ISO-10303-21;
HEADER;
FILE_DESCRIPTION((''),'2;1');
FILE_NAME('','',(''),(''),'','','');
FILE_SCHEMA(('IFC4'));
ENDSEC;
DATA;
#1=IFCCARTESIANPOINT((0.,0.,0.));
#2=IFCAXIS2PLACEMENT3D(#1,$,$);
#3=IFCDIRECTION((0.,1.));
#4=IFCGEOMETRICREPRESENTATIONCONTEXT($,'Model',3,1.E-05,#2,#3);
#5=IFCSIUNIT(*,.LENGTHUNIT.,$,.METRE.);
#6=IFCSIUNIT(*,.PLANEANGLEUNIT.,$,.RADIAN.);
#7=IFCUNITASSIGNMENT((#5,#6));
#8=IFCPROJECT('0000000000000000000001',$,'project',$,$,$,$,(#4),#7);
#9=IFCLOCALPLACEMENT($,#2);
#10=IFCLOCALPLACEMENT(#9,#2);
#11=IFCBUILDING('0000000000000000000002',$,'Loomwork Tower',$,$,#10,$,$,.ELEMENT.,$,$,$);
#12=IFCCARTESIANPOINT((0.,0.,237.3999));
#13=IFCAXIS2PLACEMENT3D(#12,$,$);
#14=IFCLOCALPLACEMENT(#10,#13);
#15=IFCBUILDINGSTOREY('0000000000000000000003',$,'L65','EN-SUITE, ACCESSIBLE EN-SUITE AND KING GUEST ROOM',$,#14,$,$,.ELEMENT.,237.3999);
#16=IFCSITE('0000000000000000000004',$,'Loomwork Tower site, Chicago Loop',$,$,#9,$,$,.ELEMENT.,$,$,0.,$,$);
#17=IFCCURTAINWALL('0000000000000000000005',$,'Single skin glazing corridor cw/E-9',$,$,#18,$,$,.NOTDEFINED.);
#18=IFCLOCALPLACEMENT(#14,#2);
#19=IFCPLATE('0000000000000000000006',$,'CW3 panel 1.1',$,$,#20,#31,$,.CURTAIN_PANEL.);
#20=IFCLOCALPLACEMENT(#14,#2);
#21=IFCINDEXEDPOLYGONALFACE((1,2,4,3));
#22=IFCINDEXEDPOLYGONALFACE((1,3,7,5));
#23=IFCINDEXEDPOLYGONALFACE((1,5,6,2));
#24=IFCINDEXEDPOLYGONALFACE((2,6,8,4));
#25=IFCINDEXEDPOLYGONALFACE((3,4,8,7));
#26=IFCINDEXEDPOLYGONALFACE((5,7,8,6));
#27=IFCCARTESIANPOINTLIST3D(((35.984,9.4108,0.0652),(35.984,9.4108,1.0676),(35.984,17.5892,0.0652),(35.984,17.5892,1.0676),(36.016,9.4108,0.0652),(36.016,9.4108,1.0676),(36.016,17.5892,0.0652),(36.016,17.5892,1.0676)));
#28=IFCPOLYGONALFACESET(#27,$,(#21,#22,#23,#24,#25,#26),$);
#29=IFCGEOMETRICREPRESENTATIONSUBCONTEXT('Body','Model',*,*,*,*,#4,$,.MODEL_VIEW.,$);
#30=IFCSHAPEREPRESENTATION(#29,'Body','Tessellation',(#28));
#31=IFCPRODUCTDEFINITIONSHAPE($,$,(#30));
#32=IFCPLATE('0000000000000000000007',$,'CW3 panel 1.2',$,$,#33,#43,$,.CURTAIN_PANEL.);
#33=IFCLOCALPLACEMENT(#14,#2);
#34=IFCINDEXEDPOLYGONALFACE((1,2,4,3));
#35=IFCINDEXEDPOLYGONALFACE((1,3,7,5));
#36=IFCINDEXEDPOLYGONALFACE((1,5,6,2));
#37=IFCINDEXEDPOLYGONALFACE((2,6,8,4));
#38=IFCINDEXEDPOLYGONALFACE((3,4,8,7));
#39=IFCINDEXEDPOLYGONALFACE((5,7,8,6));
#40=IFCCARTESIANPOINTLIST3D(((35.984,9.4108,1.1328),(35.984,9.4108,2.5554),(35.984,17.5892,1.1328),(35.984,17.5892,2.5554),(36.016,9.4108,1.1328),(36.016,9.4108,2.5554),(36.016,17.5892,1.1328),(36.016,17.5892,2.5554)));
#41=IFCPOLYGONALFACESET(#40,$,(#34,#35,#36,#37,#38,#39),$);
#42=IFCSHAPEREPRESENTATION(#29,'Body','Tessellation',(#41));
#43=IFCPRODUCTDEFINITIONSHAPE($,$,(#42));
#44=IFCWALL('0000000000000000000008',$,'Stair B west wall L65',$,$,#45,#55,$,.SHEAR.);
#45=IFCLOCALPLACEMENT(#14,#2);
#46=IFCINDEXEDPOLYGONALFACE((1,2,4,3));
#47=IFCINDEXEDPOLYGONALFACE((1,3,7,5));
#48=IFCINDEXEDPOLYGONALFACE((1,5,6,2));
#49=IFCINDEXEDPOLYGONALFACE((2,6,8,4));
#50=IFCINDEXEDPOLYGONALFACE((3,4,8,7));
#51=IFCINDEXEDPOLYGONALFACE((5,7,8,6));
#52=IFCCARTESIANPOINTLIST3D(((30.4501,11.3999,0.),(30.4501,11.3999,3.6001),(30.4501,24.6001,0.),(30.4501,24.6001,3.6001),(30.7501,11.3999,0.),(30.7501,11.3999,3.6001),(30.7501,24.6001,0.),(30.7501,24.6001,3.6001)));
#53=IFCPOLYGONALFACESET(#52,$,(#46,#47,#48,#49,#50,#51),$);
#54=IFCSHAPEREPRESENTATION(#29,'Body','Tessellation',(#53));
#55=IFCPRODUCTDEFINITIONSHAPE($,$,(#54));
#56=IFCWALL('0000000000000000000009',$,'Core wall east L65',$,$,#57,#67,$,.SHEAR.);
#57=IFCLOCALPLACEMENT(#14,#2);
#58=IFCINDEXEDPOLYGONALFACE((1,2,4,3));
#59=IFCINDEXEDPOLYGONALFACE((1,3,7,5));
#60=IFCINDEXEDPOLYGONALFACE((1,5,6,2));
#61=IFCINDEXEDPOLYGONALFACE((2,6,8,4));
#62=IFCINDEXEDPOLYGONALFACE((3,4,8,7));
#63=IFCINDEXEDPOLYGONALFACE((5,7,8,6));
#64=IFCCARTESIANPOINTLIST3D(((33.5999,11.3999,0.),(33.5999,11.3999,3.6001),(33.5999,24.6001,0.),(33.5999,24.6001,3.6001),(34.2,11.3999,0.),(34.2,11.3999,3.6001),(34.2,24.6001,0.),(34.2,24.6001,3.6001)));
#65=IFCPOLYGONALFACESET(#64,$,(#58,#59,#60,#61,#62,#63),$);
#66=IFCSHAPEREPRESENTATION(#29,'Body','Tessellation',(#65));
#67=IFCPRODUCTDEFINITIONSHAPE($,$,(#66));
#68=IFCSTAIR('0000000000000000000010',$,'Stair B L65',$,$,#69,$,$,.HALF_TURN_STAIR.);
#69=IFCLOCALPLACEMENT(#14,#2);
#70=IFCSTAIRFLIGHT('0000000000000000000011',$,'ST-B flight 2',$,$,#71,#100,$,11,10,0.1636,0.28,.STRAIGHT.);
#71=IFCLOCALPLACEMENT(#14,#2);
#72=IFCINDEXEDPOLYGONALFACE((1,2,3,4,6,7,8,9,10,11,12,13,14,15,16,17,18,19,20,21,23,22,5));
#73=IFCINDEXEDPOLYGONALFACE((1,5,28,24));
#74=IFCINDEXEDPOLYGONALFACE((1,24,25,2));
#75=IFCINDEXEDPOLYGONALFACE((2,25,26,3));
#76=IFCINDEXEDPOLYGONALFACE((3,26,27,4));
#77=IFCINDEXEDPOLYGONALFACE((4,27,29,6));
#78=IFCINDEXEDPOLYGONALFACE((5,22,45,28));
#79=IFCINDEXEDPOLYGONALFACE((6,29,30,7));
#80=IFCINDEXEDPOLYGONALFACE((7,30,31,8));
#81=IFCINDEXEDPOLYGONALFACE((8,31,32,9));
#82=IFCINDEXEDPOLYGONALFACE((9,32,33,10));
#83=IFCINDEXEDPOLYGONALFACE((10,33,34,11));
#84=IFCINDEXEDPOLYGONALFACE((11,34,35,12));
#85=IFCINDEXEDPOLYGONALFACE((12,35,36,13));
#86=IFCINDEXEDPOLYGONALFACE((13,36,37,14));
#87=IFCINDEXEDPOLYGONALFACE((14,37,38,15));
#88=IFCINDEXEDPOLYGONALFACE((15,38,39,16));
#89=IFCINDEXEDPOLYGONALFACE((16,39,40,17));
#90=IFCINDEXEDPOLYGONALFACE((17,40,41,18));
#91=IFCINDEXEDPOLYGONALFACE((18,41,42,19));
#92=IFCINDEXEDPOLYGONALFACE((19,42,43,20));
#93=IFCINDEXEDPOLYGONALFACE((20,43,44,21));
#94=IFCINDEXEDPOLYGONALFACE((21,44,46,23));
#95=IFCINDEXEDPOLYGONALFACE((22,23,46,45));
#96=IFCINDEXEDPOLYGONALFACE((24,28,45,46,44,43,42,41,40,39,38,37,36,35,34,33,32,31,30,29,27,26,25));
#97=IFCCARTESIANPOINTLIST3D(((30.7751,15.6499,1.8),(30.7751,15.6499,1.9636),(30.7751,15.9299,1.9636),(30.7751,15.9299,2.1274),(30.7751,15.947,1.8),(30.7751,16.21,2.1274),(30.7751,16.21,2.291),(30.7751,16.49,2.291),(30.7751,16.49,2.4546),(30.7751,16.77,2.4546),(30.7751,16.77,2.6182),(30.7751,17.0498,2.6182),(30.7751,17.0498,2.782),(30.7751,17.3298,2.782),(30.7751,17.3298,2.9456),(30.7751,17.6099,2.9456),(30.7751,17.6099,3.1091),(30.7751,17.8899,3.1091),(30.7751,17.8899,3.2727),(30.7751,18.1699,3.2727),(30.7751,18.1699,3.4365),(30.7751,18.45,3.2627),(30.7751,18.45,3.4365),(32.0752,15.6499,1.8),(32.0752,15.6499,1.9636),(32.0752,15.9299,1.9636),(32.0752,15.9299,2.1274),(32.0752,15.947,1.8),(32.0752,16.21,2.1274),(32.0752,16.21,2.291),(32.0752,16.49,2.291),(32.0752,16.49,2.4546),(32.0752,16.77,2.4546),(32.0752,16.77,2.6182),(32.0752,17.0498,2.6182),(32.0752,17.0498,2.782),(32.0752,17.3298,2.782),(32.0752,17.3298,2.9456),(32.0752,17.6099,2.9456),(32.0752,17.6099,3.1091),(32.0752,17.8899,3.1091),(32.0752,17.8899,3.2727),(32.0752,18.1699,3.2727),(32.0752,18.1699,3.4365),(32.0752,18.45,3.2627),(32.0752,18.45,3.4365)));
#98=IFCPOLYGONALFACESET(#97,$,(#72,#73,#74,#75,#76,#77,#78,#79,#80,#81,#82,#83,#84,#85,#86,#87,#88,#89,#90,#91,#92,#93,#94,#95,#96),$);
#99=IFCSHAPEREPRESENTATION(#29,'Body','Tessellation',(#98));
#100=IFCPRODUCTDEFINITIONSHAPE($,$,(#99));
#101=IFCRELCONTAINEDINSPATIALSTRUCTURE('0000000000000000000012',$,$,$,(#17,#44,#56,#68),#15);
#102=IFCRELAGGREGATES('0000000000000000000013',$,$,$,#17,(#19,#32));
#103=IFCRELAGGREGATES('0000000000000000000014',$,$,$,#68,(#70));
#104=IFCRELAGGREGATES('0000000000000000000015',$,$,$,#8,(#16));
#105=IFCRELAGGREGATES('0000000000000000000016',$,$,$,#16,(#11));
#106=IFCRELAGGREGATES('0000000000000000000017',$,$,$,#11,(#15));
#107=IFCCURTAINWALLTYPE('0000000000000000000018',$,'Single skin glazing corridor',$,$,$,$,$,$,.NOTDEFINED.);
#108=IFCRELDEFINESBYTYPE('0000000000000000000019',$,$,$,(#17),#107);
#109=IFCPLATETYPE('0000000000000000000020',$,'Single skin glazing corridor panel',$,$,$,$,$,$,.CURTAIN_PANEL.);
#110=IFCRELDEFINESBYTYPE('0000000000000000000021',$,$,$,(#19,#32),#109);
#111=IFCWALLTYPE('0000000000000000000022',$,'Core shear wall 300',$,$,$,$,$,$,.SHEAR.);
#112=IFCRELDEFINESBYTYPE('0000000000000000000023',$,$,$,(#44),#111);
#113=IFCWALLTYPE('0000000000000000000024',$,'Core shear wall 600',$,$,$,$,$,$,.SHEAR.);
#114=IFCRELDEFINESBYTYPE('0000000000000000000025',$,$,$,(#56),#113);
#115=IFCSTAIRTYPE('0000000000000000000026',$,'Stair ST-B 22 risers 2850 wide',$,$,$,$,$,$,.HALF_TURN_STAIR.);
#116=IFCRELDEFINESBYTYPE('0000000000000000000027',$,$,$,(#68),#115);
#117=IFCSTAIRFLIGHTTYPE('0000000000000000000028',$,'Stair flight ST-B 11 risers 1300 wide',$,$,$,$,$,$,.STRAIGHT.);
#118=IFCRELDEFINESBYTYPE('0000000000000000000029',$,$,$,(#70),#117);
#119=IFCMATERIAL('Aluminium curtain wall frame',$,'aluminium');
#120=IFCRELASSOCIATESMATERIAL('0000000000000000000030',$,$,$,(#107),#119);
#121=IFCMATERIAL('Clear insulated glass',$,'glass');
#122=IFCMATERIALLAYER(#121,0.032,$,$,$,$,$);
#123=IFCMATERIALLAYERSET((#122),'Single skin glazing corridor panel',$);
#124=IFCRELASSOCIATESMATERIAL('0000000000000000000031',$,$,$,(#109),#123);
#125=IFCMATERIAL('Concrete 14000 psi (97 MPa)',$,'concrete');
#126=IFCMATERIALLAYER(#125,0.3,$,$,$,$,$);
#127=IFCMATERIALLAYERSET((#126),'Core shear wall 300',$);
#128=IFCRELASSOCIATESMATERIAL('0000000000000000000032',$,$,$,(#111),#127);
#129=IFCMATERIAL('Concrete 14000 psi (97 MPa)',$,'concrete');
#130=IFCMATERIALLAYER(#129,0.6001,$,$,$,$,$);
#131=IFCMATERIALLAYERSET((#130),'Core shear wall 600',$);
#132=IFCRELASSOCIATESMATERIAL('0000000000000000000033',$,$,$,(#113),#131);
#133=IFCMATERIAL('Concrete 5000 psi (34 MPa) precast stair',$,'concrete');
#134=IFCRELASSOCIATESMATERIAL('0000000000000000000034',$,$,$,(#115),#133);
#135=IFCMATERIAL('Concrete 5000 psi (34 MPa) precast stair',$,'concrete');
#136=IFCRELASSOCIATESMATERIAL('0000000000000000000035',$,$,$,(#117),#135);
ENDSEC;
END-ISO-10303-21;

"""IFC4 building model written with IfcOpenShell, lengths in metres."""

from ifc_helpers import new_model, si_unit, direction, frame, frame_2d, origin, origin_2d, place, context, subcontext, project, spatial, polyline, rectangle, outline, extrude, material, layer, layer_set, type_object, element, aggregate, save


model = new_model("IFC4")

# Units and contexts
model_context = context("Model", 3, precision=1e-05, world=origin(), true_north=direction((0.0, 1.0)))
body_context = subcontext(model_context, "Body", "Model", "MODEL_VIEW")
ifc_project = project(units=[si_unit("LENGTHUNIT", "METRE"), si_unit("PLANEANGLEUNIT", "RADIAN")], contexts=[model_context])

# Site, building, storey
site_placement = place(None, origin())
site = spatial("IfcSite", under=ifc_project, at=site_placement, Name="Loomwork Tower site, Chicago Loop", CompositionType="ELEMENT", RefElevation=0.0)
building_placement = place(site_placement, origin())
building = spatial("IfcBuilding", under=site, at=building_placement, Name="Loomwork Tower", CompositionType="ELEMENT")
storey_placement = place(building_placement, frame((0.0, 0.0, 237.3999)))
storey = spatial("IfcBuildingStorey", under=building, at=storey_placement, Name="L65", Description="EN-SUITE, ACCESSIBLE EN-SUITE AND KING GUEST ROOM", CompositionType="ELEMENT", Elevation=237.3999)

# Curtain wall
ifc_material_1 = material(Name="Aluminium curtain wall frame", Category="aluminium")
curtain_wall_type = type_object("IfcCurtainWallType", Name="Single skin glazing corridor", PredefinedType="NOTDEFINED", material=ifc_material_1)
curtain_wall_1_placement = place(storey_placement, origin())
curtain_wall_1 = element("IfcCurtainWall", 1, at=curtain_wall_1_placement, inside=storey, type_object=curtain_wall_type, Name="Single skin glazing corridor cw/E-9", PredefinedType="NOTDEFINED")

# Plates
ifc_material_2 = material(Name="Clear insulated glass", Category="glass")
ifc_layer_1 = layer(ifc_material_2, 0.032)
ifc_layer_set_1 = layer_set([ifc_layer_1], Name="Single skin glazing corridor panel")
plate_type = type_object("IfcPlateType", Name="Single skin glazing corridor panel", PredefinedType="CURTAIN_PANEL", material=ifc_layer_set_1)
plate_1_placement = place(storey_placement, frame((36.0, 13.5, 0.0652), z_axis=(0.0, 0.0, 1.0), x_axis=(0.0, 1.0, 0.0)))
plate_1 = element("IfcPlate", 2, at=plate_1_placement, type_object=plate_type, Name="CW3 panel 1.1", PredefinedType="CURTAIN_PANEL", context=body_context, shape_type="SweptSolid", body=[
    extrude(rectangle(XDim=8.1785, YDim=0.032, at=origin_2d()), origin(), (0.0, 0.0, 1.0), 1.0024),
])
plate_2_placement = place(storey_placement, frame((36.0, 13.5, 1.1328), z_axis=(0.0, 0.0, 1.0), x_axis=(0.0, 1.0, 0.0)))
plate_2 = element("IfcPlate", 3, at=plate_2_placement, type_object=plate_type, Name="CW3 panel 1.2", PredefinedType="CURTAIN_PANEL", context=body_context, shape_type="SweptSolid", body=[
    extrude(rectangle(XDim=8.1785, YDim=0.032, at=origin_2d()), origin(), (0.0, 0.0, 1.0), 1.4226),
])
aggregate(curtain_wall_1, [plate_1, plate_2])

# Walls
ifc_material_3 = material(Name="Concrete 14000 psi (97 MPa)", Category="concrete")
ifc_layer_2 = layer(ifc_material_3, 0.3)
ifc_layer_set_2 = layer_set([ifc_layer_2], Name="Core shear wall 300")
wall_type_1 = type_object("IfcWallType", Name="Core shear wall 300", PredefinedType="SHEAR", material=ifc_layer_set_2)
wall_1_placement = place(storey_placement, frame((30.6001, 11.3999, 0.0), z_axis=(0.0, 0.0, 1.0), x_axis=(0.0, 1.0, 0.0)))
element("IfcWall", 4, at=wall_1_placement, inside=storey, type_object=wall_type_1, Name="Stair B west wall L65", PredefinedType="SHEAR", context=body_context, shape_type="SweptSolid", body=[
    extrude(rectangle(XDim=13.2002, YDim=0.3, at=frame_2d((6.6001, 0.0))), origin(), (0.0, 0.0, 1.0), 3.6001),
])
ifc_material_4 = material(Name="Concrete 14000 psi (97 MPa)", Category="concrete")
ifc_layer_3 = layer(ifc_material_4, 0.6001)
ifc_layer_set_3 = layer_set([ifc_layer_3], Name="Core shear wall 600")
wall_type_2 = type_object("IfcWallType", Name="Core shear wall 600", PredefinedType="SHEAR", material=ifc_layer_set_3)
wall_2_placement = place(storey_placement, frame((33.8999, 11.3999, 0.0), z_axis=(0.0, 0.0, 1.0), x_axis=(0.0, 1.0, 0.0)))
element("IfcWall", 5, at=wall_2_placement, inside=storey, type_object=wall_type_2, Name="Core wall east L65", PredefinedType="SHEAR", context=body_context, shape_type="SweptSolid", body=[
    extrude(rectangle(XDim=13.2002, YDim=0.6001, at=frame_2d((6.6001, 0.0))), origin(), (0.0, 0.0, 1.0), 3.6001),
])

# Stair, stair flight
ifc_material_5 = material(Name="Concrete 5000 psi (34 MPa) precast stair", Category="concrete")
stair_type = type_object("IfcStairType", Name="Stair ST-B 22 risers 2850 wide", PredefinedType="HALF_TURN_STAIR", material=ifc_material_5)
stair_placement = place(storey_placement, origin())
stair = element("IfcStair", 6, at=stair_placement, inside=storey, type_object=stair_type, Name="Stair B L65", PredefinedType="HALF_TURN_STAIR")
ifc_material_6 = material(Name="Concrete 5000 psi (34 MPa) precast stair", Category="concrete")
stair_flight_type = type_object("IfcStairFlightType", Name="Stair flight ST-B 11 risers 1300 wide", PredefinedType="STRAIGHT", material=ifc_material_6)
stair_flight_placement = place(storey_placement, frame((31.425, 15.6499, 1.8), z_axis=(0.0, 0.0, 1.0), x_axis=(0.0, 1.0, 0.0)))
stair_flight = element("IfcStairFlight", 7, at=stair_flight_placement, type_object=stair_flight_type, Name="ST-B flight 2", NumberOfRisers=11, NumberOfTreads=10, PredefinedType="STRAIGHT", RiserHeight=0.1636, TreadLength=0.28, context=body_context, shape_type="SweptSolid", body=[
    extrude(outline(polyline([(0.0, 0.0), (0.0, 0.1636), (0.28, 0.1636), (0.28, 0.3274), (0.5601, 0.3274), (0.5601, 0.491), (0.8401, 0.491), (0.8401, 0.6545), (1.1201, 0.6545), (1.1201, 0.8181), (1.3999, 0.8181), (1.3999, 0.9819), (1.6799, 0.9819), (1.6799, 1.1455), (1.96, 1.1455), (1.96, 1.3091), (2.24, 1.3091), (2.24, 1.4727), (2.52, 1.4727), (2.52, 1.6365), (2.8, 1.6365), (2.8, 1.8), (2.8, 1.4626), (0.2971, 0.0), (0.0, 0.0)])), frame((0.0, 0.6499, 0.0), z_axis=(0.0, -1.0, 0.0), x_axis=(1.0, 0.0, 0.0)), (0.0, 0.0, 1.0), 1.3),
])
aggregate(stair, [stair_flight])

save(model, "model.ifc")
